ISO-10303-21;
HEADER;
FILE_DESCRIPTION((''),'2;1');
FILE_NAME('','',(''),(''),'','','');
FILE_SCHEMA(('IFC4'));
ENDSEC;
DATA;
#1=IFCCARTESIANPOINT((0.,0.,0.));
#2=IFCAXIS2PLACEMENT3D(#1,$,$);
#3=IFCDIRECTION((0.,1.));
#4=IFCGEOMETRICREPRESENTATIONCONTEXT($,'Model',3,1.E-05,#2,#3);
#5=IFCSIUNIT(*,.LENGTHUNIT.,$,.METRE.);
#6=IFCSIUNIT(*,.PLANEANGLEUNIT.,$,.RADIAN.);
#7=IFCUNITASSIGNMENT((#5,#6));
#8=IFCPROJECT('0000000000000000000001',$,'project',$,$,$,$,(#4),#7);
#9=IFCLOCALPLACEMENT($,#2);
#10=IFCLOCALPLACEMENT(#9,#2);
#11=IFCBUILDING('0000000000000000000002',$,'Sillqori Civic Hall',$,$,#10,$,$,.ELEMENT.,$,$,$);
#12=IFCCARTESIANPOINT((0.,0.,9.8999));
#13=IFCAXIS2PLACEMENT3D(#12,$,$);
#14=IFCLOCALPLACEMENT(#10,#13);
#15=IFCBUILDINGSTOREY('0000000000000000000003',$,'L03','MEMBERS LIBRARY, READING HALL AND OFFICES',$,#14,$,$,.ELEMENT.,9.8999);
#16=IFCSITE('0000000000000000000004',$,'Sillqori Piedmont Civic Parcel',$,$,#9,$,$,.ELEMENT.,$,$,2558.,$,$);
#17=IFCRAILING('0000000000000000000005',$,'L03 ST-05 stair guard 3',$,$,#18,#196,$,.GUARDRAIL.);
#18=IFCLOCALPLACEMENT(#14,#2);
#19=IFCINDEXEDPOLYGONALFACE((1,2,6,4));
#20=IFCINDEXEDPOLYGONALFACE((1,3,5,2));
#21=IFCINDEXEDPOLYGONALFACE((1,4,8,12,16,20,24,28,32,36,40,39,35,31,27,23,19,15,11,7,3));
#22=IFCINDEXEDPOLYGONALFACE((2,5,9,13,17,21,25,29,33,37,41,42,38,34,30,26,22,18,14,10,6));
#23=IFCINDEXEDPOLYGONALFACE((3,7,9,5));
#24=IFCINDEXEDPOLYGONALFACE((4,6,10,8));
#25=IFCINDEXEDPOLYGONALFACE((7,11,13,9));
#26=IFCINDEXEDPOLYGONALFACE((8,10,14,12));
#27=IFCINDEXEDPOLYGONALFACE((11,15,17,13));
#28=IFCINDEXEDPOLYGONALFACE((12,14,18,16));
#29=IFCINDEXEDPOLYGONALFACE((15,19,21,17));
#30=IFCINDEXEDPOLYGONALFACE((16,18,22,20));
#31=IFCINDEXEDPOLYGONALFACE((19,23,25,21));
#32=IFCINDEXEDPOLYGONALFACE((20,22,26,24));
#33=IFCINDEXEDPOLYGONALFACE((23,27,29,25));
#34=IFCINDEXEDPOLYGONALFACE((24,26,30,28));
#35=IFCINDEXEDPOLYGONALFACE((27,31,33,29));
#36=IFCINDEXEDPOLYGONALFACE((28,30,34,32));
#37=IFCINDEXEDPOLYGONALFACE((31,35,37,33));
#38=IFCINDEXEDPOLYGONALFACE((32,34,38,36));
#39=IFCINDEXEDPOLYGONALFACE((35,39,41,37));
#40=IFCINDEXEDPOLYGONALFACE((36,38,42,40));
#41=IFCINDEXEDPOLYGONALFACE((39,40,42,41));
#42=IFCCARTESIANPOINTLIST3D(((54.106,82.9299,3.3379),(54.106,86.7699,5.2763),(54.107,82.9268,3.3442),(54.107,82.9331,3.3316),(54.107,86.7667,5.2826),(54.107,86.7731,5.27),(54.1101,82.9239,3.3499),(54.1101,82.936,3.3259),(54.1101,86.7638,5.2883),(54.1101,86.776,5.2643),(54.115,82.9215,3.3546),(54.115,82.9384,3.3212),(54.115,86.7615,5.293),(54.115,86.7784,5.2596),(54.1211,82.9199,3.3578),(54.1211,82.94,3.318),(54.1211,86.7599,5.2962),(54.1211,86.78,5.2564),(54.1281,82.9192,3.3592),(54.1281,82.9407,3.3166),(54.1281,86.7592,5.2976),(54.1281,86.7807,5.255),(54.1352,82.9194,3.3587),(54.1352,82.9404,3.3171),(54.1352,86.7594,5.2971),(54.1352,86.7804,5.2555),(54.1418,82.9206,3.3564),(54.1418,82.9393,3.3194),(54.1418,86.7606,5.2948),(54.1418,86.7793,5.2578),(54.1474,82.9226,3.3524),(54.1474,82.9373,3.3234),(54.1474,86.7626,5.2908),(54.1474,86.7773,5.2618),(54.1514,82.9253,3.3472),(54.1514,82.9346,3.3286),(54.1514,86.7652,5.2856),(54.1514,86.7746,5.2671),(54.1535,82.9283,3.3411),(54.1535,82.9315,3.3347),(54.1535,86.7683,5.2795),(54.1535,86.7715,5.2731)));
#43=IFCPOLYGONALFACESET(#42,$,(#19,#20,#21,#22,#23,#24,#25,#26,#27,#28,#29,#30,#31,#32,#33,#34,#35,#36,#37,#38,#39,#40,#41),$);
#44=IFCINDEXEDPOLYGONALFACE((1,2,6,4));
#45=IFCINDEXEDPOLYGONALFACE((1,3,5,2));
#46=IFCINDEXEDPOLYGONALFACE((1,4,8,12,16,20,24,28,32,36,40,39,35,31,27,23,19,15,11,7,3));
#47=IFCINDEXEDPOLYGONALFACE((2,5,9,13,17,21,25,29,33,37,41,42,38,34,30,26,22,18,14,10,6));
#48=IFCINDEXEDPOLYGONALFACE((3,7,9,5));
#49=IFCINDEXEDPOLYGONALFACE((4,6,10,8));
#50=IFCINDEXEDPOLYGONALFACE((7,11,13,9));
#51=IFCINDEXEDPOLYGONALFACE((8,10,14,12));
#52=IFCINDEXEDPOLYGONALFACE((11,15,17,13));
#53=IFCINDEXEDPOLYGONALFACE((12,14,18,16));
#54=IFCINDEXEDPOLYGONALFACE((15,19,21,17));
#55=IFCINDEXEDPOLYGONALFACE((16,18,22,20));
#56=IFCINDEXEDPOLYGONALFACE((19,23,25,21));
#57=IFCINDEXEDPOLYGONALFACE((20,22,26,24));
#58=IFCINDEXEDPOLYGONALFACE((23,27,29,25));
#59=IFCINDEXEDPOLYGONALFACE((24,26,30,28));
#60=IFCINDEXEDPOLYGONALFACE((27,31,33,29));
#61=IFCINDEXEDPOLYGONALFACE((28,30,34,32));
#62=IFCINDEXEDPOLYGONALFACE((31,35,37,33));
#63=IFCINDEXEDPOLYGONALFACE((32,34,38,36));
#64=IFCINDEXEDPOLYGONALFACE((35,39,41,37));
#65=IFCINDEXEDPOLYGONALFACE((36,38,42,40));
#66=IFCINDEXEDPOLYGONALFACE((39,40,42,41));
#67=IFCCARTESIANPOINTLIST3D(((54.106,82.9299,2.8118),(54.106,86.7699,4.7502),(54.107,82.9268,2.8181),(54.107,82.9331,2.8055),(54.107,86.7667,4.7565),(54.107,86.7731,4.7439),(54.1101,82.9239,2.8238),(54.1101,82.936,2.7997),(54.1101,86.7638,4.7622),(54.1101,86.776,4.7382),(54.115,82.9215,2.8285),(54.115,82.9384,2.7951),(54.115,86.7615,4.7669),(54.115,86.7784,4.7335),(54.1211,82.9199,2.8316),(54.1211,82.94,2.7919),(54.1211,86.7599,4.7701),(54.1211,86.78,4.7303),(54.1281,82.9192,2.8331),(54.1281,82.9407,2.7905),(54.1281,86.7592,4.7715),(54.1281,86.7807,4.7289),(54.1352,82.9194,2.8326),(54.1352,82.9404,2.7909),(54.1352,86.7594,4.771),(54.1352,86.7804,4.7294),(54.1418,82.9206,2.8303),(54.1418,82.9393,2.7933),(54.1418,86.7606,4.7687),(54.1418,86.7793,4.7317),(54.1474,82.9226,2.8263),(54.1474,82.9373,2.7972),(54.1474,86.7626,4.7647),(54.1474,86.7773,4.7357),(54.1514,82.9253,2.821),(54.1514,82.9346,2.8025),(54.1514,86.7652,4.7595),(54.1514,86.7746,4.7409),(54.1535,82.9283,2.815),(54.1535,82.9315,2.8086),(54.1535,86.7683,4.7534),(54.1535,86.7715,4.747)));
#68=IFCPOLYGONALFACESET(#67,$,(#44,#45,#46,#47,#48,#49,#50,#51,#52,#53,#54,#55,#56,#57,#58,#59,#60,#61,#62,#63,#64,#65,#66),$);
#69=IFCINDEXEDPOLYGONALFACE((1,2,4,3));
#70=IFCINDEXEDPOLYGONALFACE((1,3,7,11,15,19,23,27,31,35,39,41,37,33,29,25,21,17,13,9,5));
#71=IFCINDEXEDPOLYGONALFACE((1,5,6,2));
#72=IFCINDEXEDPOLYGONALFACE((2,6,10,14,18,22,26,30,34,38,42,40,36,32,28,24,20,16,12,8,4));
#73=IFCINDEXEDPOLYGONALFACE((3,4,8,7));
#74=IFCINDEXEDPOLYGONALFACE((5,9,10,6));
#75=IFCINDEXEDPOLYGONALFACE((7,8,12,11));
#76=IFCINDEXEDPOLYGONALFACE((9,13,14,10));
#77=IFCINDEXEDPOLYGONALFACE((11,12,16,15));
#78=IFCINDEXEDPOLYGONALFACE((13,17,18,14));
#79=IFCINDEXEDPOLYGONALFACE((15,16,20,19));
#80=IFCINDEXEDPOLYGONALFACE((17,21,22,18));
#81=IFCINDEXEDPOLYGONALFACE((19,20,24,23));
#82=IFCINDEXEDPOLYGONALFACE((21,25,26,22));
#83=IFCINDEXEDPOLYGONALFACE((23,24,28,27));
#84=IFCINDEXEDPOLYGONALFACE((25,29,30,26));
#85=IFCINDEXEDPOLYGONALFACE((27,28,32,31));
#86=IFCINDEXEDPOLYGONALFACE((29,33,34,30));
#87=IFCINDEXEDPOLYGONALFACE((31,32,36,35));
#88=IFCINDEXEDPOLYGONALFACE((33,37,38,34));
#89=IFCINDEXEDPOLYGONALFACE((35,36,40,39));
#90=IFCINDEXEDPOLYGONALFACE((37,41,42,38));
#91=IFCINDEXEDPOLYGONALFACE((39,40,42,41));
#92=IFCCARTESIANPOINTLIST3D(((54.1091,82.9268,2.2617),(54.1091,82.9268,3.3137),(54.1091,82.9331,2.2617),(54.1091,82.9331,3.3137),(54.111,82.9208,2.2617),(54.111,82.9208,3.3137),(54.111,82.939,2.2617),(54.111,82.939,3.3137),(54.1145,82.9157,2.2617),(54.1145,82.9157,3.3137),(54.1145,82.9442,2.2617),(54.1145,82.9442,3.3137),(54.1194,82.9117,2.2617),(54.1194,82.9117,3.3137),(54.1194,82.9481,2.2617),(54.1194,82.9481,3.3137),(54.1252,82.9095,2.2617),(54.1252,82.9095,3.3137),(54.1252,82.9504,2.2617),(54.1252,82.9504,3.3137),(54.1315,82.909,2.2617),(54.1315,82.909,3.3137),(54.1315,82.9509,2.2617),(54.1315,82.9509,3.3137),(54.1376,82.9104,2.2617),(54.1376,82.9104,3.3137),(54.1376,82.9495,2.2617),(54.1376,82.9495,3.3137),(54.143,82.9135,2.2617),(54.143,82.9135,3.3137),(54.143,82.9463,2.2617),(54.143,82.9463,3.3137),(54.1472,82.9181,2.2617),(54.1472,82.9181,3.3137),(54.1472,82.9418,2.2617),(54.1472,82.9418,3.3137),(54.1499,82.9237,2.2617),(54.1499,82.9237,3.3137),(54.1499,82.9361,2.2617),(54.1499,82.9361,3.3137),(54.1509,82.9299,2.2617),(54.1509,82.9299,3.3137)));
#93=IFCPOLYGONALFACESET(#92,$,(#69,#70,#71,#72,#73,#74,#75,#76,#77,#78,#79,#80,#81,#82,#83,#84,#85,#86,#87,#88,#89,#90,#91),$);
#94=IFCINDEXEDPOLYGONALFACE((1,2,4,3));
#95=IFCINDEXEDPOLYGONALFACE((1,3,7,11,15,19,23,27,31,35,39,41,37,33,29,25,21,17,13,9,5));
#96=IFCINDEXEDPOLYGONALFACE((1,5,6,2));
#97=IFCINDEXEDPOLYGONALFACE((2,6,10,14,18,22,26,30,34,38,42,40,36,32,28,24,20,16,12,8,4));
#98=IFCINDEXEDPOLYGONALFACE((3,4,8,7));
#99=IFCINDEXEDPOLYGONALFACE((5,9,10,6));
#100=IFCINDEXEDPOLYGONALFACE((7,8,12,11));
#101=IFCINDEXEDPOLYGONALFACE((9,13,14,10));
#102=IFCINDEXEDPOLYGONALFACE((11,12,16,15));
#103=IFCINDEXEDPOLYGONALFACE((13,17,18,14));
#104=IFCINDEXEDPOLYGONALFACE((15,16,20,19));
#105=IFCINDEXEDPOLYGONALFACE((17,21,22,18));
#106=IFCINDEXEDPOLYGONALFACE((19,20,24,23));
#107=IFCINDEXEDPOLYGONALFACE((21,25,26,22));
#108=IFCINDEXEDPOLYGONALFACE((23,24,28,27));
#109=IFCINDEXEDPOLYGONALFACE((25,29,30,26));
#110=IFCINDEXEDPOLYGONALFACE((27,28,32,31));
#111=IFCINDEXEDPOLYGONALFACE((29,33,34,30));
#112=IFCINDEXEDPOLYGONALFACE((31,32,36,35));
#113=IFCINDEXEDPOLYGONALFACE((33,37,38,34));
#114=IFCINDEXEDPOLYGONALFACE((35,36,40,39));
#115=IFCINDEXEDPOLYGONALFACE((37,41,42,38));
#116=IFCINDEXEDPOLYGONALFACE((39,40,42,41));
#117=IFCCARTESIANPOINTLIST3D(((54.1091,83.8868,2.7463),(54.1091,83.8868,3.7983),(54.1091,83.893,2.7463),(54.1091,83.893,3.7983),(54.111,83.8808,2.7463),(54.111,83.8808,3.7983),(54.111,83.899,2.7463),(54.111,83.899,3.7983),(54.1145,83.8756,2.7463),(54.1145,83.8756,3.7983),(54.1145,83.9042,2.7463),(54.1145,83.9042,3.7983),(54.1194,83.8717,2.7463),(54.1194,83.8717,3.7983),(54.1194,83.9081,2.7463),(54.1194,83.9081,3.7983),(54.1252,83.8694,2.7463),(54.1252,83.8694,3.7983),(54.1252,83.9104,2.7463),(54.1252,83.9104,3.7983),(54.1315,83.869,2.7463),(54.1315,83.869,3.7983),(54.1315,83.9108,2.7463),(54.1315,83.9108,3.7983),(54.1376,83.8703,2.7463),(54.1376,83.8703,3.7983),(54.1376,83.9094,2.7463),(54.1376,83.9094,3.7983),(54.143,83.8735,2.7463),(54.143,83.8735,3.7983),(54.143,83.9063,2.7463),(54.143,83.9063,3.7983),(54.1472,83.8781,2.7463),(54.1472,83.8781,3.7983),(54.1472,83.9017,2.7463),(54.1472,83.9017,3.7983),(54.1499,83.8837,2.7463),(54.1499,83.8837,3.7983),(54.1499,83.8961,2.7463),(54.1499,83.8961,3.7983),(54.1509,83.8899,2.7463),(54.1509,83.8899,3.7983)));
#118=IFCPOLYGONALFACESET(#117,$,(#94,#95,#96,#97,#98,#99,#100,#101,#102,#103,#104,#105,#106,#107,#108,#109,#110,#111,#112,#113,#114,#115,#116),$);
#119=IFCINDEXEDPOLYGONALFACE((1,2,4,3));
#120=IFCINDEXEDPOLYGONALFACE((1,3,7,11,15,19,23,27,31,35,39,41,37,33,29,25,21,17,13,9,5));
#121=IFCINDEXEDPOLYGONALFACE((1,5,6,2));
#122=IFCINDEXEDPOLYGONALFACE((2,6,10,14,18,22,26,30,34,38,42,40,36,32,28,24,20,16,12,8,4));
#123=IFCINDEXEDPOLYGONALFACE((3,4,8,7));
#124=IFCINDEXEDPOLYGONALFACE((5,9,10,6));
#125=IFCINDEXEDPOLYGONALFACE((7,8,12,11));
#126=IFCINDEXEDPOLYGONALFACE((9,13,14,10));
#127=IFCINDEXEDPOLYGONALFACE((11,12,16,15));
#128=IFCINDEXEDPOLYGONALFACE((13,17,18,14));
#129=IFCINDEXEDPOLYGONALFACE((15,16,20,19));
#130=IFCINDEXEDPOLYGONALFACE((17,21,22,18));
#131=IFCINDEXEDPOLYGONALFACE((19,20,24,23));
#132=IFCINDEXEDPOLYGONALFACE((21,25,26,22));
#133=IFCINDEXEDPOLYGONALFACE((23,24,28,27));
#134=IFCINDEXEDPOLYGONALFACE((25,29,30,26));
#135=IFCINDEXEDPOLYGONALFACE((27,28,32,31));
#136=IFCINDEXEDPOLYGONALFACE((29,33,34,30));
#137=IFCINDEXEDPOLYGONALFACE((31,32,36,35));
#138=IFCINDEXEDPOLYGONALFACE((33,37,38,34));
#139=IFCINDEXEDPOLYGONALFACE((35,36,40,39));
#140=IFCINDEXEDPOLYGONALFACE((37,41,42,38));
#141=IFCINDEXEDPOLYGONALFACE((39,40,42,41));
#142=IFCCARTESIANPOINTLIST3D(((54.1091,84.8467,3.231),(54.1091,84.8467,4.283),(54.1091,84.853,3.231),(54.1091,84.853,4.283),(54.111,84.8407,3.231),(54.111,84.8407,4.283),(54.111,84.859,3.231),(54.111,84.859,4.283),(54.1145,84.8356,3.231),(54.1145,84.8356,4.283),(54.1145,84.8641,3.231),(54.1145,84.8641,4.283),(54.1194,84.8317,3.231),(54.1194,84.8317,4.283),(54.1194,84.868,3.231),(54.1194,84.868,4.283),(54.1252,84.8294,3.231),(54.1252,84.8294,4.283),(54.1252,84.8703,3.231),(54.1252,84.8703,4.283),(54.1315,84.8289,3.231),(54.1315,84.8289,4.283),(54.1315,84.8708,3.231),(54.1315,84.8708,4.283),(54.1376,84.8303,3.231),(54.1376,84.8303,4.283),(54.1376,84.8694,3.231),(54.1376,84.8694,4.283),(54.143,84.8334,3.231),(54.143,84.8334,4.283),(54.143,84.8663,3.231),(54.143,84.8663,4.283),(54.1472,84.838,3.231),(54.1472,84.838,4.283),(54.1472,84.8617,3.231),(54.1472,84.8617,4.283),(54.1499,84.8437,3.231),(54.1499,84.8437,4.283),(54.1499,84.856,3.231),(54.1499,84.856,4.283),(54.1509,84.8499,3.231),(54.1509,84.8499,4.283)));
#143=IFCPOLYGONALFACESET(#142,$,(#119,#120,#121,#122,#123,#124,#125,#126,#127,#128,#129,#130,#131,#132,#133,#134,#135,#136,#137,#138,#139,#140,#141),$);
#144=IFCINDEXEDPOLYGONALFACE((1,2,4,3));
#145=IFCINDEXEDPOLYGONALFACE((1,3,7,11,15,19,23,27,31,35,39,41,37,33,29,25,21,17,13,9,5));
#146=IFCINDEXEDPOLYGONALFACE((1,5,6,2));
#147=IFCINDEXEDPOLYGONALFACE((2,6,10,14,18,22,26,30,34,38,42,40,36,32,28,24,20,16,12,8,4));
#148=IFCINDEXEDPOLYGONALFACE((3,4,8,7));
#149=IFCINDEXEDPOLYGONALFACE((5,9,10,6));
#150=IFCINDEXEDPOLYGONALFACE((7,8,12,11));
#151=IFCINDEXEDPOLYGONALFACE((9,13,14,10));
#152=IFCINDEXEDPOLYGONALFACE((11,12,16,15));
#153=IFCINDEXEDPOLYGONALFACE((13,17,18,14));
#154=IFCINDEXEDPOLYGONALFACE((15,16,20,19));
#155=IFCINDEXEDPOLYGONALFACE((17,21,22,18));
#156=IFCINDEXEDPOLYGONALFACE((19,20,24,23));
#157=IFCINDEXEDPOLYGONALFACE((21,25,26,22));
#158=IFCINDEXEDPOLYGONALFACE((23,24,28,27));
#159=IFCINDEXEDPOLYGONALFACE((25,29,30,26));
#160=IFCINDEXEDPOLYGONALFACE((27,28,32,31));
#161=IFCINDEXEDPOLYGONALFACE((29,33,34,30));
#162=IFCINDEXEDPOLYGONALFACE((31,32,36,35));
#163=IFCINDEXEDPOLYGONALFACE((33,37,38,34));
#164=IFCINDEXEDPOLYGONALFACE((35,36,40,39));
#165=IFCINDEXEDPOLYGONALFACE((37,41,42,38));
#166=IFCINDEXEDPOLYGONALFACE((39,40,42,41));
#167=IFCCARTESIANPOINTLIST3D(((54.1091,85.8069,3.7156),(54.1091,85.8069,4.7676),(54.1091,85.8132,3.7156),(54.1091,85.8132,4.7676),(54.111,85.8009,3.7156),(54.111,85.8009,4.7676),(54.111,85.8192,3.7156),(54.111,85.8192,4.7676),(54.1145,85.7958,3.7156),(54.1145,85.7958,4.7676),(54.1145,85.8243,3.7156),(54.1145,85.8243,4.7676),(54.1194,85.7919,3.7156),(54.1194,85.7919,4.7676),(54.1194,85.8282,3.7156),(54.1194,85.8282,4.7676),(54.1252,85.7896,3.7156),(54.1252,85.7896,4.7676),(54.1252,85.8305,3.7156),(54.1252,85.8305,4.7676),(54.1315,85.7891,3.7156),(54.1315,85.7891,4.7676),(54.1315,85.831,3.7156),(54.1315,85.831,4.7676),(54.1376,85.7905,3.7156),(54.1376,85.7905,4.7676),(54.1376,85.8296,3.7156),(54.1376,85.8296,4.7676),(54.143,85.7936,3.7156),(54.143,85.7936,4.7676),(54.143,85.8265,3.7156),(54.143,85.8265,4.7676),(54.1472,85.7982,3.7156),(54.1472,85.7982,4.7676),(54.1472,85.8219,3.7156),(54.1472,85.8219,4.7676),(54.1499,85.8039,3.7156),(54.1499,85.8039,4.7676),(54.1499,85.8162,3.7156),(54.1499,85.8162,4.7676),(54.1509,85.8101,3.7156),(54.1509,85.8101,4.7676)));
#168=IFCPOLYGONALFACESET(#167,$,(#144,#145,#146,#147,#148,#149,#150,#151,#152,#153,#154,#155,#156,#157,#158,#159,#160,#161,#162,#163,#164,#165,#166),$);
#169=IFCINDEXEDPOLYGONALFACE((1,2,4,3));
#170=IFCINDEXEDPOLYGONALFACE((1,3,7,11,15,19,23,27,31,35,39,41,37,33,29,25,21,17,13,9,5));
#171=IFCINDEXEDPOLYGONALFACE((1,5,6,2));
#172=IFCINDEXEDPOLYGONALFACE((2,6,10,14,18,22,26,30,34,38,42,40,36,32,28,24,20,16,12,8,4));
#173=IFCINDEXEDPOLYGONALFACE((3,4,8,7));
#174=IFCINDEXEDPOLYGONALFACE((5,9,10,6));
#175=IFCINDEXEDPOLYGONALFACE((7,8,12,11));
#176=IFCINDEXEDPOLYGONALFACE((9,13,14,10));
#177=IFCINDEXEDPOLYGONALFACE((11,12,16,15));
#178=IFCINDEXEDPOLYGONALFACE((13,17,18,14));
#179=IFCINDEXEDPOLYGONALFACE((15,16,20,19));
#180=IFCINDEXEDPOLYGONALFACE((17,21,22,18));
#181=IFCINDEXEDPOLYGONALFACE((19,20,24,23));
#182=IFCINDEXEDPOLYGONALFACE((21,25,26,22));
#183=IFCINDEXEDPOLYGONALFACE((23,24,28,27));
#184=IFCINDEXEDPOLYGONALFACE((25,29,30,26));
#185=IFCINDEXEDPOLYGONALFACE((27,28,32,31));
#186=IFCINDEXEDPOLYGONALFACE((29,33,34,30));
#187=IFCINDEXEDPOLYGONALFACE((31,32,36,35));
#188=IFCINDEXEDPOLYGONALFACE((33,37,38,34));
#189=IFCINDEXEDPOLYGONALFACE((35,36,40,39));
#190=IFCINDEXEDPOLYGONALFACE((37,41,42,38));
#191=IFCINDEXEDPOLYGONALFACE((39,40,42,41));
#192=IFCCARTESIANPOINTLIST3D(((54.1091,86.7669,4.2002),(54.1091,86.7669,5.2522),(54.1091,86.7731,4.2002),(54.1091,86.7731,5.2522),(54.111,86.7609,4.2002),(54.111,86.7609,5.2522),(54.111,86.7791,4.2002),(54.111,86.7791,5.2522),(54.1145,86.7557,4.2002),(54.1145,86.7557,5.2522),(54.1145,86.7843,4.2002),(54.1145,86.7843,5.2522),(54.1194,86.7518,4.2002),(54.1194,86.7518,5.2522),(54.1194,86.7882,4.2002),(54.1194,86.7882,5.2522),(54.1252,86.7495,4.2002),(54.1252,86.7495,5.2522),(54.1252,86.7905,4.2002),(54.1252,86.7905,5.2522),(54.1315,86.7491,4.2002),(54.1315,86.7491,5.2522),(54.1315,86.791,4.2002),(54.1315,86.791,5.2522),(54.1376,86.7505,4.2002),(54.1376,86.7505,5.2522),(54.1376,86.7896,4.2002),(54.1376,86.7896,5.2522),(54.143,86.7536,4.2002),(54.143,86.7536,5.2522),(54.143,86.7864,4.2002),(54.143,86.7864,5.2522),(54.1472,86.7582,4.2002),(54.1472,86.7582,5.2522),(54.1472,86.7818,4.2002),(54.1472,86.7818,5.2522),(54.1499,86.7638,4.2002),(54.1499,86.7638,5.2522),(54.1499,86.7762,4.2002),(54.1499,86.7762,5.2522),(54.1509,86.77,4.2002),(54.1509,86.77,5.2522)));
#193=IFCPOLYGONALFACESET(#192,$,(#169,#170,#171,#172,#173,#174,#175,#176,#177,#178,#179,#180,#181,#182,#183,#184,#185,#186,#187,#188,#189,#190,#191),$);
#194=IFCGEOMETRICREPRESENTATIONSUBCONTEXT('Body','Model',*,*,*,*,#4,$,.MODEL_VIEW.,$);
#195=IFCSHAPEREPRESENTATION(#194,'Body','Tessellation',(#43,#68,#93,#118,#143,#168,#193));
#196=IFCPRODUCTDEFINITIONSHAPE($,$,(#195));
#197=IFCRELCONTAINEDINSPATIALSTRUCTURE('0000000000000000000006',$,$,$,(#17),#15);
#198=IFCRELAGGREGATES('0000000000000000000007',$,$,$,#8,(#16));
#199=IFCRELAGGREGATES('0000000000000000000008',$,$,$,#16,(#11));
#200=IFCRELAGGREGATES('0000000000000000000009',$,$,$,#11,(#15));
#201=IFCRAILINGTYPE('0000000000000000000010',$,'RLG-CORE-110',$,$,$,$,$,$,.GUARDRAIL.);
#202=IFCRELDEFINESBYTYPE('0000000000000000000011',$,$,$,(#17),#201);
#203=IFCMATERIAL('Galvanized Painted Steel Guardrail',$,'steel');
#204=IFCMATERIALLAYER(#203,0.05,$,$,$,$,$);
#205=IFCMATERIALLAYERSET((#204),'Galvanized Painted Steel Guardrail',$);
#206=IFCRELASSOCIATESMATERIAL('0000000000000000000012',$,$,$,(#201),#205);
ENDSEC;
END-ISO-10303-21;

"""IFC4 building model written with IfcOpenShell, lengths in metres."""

from ifc_helpers import new_model, si_unit, direction, frame, origin, origin_2d, place, context, subcontext, project, spatial, circle, extrude, material, layer, layer_set, type_object, element, save


model = new_model("IFC4")

# Units and contexts
model_context = context("Model", 3, precision=1e-05, world=origin(), true_north=direction((0.0, 1.0)))
body_context = subcontext(model_context, "Body", "Model", "MODEL_VIEW")
ifc_project = project(units=[si_unit("LENGTHUNIT", "METRE"), si_unit("PLANEANGLEUNIT", "RADIAN")], contexts=[model_context])

# Site, building, storey
site_placement = place(None, origin())
site = spatial("IfcSite", under=ifc_project, at=site_placement, Name="Sillqori Piedmont Civic Parcel", CompositionType="ELEMENT", RefElevation=2558.0)
building_placement = place(site_placement, origin())
building = spatial("IfcBuilding", under=site, at=building_placement, Name="Sillqori Civic Hall", CompositionType="ELEMENT")
storey_placement = place(building_placement, frame((0.0, 0.0, 9.8999)))
storey = spatial("IfcBuildingStorey", under=building, at=storey_placement, Name="L03", Description="MEMBERS LIBRARY, READING HALL AND OFFICES", CompositionType="ELEMENT", Elevation=9.8999)

# Railing
ifc_material_1 = material(Name="Galvanized Painted Steel Guardrail", Category="steel")
ifc_layer_1 = layer(ifc_material_1, 0.05)
ifc_layer_set_1 = layer_set([ifc_layer_1], Name="Galvanized Painted Steel Guardrail")
railing_type_1 = type_object("IfcRailingType", Name="RLG-CORE-110", PredefinedType="GUARDRAIL", material=ifc_layer_set_1)
railing_1_placement = place(storey_placement, frame((54.1299, 82.9299, 2.2617)))
element("IfcRailing", 1, at=railing_1_placement, inside=storey, type_object=railing_type_1, Name="L03 ST-05 stair guard 3", PredefinedType="GUARDRAIL", context=body_context, shape_type="SweptSolid", body=[
    extrude(circle(Radius=0.0239, at=origin_2d()), frame((0.0, 0.0, 1.0762), z_axis=(0.0, 0.892707, 0.450638), x_axis=(-1.0, 0.0, 0.0)), (0.0, 0.0, 1.0), 4.3015),
    extrude(circle(Radius=0.0239, at=origin_2d()), frame((0.0, 0.0, 0.55), z_axis=(0.0, 0.892707, 0.450638), x_axis=(-1.0, 0.0, 0.0)), (0.0, 0.0, 1.0), 4.3015),
    extrude(circle(Radius=0.021, at=origin_2d()), origin(), (0.0, 0.0, 1.0), 1.052),
    extrude(circle(Radius=0.021, at=origin_2d()), frame((0.0, 0.96, 0.4846)), (0.0, 0.0, 1.0), 1.052),
    extrude(circle(Radius=0.021, at=origin_2d()), frame((0.0, 1.9199, 0.9692)), (0.0, 0.0, 1.0), 1.052),
    extrude(circle(Radius=0.021, at=origin_2d()), frame((0.0, 2.8801, 1.4539)), (0.0, 0.0, 1.0), 1.052),
    extrude(circle(Radius=0.021, at=origin_2d()), frame((0.0, 3.8401, 1.9385)), (0.0, 0.0, 1.0), 1.052),
])

save(model, "model.ifc")
